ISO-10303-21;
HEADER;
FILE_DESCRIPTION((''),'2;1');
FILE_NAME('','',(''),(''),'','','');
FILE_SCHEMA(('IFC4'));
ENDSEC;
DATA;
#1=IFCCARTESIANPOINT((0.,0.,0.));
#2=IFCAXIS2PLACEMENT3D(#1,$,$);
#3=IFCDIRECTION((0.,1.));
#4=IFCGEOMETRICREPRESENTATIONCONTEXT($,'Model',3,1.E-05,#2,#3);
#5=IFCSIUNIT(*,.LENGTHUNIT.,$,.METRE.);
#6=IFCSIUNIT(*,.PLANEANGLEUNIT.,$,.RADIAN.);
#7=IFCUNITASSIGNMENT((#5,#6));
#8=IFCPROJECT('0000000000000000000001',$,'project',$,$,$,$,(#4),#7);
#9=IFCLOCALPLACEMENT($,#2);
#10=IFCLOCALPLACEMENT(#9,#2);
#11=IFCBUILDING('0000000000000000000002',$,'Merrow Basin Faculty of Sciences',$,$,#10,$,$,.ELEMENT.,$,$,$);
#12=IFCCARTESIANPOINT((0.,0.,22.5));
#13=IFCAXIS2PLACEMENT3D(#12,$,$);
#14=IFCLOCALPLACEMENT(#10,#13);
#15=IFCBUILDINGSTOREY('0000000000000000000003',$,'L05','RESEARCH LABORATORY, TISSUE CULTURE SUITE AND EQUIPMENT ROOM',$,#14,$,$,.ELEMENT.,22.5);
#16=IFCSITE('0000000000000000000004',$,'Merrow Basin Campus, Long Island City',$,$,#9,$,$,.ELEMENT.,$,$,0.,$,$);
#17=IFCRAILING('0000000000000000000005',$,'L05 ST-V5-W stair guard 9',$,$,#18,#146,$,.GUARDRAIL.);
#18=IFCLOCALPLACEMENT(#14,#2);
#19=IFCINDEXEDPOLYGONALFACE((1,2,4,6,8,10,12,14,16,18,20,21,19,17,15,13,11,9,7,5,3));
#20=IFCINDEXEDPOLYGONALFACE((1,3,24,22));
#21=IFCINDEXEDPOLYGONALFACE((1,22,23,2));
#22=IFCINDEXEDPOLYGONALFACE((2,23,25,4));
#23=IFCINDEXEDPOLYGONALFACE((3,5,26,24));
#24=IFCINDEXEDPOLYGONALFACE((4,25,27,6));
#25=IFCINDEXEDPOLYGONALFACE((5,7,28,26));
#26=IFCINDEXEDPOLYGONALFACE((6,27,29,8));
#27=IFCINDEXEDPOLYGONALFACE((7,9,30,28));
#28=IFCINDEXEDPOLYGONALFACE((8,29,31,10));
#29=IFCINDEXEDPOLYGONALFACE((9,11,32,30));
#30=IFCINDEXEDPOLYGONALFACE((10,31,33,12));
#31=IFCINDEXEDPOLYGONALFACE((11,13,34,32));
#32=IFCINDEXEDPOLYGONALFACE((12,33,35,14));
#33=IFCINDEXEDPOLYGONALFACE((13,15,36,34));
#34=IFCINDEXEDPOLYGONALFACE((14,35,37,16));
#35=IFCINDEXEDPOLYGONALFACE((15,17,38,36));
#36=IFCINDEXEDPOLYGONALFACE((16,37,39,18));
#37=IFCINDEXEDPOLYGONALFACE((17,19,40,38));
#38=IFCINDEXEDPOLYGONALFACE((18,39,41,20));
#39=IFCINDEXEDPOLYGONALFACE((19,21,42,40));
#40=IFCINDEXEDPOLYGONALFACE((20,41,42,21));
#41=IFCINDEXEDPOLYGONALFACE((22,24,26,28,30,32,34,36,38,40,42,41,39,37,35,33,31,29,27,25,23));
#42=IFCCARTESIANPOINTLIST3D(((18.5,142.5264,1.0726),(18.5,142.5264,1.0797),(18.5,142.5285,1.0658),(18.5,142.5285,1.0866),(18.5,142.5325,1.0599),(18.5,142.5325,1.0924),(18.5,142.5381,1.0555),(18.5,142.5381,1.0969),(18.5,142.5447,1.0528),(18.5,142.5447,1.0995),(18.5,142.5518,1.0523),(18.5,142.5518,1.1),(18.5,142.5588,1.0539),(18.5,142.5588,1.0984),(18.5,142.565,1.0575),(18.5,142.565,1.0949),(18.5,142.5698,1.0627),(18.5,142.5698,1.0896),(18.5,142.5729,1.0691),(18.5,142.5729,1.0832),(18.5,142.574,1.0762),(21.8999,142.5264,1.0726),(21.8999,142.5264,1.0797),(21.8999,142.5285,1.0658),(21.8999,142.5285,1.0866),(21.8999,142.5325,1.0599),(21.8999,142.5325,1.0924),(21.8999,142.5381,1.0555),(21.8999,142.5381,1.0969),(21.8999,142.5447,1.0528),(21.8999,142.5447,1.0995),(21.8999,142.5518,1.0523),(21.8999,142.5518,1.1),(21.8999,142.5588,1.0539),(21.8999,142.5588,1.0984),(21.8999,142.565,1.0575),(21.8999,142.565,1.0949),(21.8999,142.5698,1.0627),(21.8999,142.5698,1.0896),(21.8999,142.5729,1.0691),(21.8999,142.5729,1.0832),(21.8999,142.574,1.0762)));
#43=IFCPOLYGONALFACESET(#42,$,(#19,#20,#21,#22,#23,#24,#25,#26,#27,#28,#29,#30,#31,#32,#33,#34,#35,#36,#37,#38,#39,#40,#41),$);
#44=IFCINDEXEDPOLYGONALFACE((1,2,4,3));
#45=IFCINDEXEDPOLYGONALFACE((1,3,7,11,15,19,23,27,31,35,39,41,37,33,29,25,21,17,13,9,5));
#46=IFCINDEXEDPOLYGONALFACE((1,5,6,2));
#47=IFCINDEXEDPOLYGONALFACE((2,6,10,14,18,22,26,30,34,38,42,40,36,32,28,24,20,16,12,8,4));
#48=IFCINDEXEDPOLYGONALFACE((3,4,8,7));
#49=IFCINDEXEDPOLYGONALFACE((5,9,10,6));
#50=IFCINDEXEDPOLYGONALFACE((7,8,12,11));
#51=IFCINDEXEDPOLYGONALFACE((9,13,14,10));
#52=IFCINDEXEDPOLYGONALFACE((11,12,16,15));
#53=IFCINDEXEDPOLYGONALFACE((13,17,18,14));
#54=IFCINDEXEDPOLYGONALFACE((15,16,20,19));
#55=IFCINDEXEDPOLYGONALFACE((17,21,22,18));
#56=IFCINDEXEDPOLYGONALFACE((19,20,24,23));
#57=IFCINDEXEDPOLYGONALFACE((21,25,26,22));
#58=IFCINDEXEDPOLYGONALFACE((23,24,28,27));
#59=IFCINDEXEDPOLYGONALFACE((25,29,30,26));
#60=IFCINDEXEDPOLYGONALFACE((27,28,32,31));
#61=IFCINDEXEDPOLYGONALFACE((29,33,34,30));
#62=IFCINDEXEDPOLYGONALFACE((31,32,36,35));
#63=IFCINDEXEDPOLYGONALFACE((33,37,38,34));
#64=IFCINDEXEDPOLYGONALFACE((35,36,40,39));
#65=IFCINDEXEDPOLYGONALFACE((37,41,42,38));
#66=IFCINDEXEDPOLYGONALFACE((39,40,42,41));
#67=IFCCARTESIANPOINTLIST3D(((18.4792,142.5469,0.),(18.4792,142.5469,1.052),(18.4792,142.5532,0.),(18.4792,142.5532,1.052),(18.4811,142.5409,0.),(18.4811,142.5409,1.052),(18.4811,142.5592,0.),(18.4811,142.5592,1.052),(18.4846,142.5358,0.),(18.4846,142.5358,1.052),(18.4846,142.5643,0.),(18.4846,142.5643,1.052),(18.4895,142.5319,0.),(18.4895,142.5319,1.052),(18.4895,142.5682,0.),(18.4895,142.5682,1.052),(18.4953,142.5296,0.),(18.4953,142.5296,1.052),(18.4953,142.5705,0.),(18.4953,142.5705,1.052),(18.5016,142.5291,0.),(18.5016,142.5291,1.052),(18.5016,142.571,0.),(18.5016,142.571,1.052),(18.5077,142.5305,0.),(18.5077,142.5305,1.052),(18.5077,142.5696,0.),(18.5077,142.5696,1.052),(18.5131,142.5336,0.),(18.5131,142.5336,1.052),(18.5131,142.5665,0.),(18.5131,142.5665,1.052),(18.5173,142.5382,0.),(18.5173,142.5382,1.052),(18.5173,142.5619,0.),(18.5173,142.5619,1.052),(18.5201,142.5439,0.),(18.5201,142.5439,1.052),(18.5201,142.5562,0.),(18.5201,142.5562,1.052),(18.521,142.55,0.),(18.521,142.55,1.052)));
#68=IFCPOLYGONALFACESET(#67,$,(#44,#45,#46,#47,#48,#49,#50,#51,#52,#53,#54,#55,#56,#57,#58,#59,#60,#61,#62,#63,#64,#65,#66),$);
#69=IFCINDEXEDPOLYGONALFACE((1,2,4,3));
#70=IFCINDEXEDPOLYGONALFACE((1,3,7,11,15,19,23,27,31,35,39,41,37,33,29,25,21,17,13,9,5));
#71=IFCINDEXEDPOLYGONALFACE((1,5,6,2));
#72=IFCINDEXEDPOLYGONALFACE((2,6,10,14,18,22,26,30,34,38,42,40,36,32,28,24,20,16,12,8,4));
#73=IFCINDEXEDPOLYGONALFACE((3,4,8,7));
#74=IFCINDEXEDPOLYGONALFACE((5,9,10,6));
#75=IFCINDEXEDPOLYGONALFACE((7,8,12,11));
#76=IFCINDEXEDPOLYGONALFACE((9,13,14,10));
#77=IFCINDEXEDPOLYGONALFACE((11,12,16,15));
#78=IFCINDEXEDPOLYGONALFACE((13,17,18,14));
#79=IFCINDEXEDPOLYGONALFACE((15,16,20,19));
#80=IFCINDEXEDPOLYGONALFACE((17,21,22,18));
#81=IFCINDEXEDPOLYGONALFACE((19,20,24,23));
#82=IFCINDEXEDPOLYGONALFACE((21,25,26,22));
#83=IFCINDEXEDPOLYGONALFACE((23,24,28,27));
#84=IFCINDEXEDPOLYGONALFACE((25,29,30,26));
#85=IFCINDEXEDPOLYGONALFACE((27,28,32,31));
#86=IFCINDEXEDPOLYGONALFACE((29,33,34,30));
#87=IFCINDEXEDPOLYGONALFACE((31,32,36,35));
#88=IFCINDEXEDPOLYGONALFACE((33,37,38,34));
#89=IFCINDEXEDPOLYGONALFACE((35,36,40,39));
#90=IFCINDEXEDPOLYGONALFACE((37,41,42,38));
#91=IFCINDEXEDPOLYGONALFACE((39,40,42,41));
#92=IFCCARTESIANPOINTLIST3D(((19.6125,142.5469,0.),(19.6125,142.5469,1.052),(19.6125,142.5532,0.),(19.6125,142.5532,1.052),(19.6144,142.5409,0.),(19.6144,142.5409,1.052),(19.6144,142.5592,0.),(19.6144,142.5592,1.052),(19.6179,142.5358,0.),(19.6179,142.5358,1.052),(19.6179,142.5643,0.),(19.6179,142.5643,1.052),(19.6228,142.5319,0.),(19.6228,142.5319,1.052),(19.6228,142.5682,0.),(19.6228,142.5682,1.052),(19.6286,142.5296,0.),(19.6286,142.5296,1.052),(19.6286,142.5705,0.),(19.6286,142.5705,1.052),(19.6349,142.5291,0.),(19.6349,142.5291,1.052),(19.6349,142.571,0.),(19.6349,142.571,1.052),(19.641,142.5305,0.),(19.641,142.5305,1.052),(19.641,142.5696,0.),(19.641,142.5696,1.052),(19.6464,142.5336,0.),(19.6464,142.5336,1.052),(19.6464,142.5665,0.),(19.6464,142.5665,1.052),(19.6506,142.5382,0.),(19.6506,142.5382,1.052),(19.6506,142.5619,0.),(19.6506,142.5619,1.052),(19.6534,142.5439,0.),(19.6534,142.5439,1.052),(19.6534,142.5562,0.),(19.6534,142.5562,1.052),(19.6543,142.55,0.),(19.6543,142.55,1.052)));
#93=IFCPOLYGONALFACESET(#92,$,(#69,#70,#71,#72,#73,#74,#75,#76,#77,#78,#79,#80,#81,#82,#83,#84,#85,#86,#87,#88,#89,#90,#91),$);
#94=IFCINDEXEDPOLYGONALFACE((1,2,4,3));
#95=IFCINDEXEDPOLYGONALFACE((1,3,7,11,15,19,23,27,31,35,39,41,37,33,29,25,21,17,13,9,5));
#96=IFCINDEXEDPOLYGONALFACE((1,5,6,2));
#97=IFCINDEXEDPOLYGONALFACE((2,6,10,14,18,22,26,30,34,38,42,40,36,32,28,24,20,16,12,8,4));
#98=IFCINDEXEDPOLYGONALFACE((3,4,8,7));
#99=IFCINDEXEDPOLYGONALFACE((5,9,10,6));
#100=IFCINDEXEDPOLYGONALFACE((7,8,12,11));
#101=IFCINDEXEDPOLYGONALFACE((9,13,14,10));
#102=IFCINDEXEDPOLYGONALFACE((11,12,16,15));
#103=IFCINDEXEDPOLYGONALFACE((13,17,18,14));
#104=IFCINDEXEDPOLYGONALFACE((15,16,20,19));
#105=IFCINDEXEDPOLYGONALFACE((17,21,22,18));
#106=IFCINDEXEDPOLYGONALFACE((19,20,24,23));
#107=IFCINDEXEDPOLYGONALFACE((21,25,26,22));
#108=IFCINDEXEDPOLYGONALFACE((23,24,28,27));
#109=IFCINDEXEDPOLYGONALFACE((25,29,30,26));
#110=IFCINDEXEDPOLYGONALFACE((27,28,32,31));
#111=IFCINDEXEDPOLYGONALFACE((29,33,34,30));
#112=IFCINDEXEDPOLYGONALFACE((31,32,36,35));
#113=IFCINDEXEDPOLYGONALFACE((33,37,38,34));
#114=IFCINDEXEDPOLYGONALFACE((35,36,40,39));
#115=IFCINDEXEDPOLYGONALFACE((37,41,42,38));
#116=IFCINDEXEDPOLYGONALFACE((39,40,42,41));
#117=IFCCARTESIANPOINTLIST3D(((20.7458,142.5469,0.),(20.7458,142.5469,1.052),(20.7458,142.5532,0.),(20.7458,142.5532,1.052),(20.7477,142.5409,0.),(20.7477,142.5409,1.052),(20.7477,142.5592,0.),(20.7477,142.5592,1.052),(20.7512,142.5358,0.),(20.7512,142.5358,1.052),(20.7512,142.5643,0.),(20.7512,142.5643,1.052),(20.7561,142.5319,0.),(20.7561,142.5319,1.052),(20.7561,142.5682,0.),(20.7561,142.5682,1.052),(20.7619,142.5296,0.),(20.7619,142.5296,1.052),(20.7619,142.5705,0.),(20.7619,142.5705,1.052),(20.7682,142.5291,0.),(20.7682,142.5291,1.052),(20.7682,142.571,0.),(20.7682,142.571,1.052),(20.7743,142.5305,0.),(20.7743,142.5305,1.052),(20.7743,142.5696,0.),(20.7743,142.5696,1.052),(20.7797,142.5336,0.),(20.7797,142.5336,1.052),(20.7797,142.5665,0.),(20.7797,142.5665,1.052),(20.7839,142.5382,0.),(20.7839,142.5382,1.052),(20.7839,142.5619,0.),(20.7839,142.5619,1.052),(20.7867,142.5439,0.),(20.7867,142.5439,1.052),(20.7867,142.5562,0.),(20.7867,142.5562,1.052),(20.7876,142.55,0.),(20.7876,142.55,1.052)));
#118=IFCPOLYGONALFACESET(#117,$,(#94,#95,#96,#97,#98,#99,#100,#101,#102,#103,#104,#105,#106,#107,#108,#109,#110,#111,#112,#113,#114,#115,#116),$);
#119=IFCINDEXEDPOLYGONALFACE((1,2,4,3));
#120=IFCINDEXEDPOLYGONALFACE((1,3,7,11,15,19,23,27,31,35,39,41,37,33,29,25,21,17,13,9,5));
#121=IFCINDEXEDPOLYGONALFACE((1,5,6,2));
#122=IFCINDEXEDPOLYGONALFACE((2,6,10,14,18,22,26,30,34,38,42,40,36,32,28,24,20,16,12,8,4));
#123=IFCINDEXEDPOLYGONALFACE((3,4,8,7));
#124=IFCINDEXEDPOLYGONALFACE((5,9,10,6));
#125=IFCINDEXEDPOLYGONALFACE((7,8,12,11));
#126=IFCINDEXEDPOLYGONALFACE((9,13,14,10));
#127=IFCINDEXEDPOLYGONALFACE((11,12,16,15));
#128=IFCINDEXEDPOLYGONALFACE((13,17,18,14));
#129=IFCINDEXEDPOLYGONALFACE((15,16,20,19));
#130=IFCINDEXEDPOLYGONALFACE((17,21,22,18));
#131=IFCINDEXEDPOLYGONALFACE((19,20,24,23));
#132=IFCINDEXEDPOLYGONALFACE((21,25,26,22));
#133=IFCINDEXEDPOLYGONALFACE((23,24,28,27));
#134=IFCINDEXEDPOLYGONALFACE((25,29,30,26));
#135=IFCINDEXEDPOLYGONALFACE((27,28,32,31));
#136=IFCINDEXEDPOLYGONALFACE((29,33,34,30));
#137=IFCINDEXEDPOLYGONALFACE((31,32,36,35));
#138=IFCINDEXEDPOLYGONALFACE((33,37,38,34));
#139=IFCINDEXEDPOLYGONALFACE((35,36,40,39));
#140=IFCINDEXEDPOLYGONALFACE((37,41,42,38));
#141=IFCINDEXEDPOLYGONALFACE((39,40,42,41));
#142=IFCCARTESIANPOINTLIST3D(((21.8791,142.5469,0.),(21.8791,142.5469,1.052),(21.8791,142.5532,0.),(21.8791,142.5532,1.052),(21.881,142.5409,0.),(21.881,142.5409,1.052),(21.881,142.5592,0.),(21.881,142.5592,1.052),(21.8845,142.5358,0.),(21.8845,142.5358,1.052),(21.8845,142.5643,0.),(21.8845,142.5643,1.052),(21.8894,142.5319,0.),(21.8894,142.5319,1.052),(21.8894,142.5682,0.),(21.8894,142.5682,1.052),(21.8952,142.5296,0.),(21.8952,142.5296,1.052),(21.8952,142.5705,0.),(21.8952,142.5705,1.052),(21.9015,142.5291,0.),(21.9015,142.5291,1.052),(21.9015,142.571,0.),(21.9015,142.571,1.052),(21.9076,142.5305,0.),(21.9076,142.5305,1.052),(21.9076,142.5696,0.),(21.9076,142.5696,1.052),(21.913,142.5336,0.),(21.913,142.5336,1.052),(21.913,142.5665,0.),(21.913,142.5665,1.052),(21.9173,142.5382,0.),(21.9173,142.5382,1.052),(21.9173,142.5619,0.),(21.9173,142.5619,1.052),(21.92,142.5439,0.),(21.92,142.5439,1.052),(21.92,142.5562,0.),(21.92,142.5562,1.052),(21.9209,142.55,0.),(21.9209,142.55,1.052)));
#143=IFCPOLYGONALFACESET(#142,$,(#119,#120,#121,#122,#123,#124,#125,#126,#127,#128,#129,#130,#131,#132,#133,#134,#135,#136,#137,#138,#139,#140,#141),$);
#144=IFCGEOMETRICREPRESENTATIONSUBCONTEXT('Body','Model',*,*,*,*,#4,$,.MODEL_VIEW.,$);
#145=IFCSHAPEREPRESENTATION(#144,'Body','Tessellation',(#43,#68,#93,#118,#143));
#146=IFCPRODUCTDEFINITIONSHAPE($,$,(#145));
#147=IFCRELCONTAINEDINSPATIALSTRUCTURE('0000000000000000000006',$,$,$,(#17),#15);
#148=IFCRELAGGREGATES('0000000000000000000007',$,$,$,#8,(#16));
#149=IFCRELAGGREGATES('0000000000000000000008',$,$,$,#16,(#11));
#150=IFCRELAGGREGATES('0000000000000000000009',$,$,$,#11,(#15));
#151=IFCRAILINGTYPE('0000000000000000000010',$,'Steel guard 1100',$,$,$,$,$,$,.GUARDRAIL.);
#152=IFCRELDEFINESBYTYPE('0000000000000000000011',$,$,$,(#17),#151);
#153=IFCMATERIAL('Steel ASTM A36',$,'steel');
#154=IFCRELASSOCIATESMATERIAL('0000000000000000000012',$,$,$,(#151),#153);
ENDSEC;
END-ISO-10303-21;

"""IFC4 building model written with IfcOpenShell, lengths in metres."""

from ifc_helpers import new_model, si_unit, direction, frame, origin, origin_2d, place, context, subcontext, project, spatial, circle, extrude, material, type_object, element, save


model = new_model("IFC4")

# Units and contexts
model_context = context("Model", 3, precision=1e-05, world=origin(), true_north=direction((0.0, 1.0)))
body_context = subcontext(model_context, "Body", "Model", "MODEL_VIEW")
ifc_project = project(units=[si_unit("LENGTHUNIT", "METRE"), si_unit("PLANEANGLEUNIT", "RADIAN")], contexts=[model_context])

# Site, building, storey
site_placement = place(None, origin())
site = spatial("IfcSite", under=ifc_project, at=site_placement, Name="Merrow Basin Campus, Long Island City", CompositionType="ELEMENT", RefElevation=0.0)
building_placement = place(site_placement, origin())
building = spatial("IfcBuilding", under=site, at=building_placement, Name="Merrow Basin Faculty of Sciences", CompositionType="ELEMENT")
storey_placement = place(building_placement, frame((0.0, 0.0, 22.5)))
storey = spatial("IfcBuildingStorey", under=building, at=storey_placement, Name="L05", Description="RESEARCH LABORATORY, TISSUE CULTURE SUITE AND EQUIPMENT ROOM", CompositionType="ELEMENT", Elevation=22.5)

# Railing
ifc_material_1 = material(Name="Steel ASTM A36", Category="steel")
railing_type_1 = type_object("IfcRailingType", Name="Steel guard 1100", PredefinedType="GUARDRAIL", material=ifc_material_1)
railing_1_placement = place(storey_placement, frame((18.5, 142.55, 0.0)))
element("IfcRailing", 1, at=railing_1_placement, inside=storey, type_object=railing_type_1, Name="L05 ST-V5-W stair guard 9", PredefinedType="GUARDRAIL", context=body_context, shape_type="SweptSolid", body=[
    extrude(circle(Radius=0.0239, at=origin_2d()), frame((0.0, 0.0, 1.0762), z_axis=(1.0, 0.0, 0.0), x_axis=(0.0, 1.0, 0.0)), (0.0, 0.0, 1.0), 3.3999),
    extrude(circle(Radius=0.021, at=origin_2d()), origin(), (0.0, 0.0, 1.0), 1.052),
    extrude(circle(Radius=0.021, at=origin_2d()), frame((1.1333, 0.0, 0.0)), (0.0, 0.0, 1.0), 1.052),
    extrude(circle(Radius=0.021, at=origin_2d()), frame((2.2666, 0.0, 0.0)), (0.0, 0.0, 1.0), 1.052),
    extrude(circle(Radius=0.021, at=origin_2d()), frame((3.3999, 0.0, 0.0)), (0.0, 0.0, 1.0), 1.052),
])

save(model, "model.ifc")
